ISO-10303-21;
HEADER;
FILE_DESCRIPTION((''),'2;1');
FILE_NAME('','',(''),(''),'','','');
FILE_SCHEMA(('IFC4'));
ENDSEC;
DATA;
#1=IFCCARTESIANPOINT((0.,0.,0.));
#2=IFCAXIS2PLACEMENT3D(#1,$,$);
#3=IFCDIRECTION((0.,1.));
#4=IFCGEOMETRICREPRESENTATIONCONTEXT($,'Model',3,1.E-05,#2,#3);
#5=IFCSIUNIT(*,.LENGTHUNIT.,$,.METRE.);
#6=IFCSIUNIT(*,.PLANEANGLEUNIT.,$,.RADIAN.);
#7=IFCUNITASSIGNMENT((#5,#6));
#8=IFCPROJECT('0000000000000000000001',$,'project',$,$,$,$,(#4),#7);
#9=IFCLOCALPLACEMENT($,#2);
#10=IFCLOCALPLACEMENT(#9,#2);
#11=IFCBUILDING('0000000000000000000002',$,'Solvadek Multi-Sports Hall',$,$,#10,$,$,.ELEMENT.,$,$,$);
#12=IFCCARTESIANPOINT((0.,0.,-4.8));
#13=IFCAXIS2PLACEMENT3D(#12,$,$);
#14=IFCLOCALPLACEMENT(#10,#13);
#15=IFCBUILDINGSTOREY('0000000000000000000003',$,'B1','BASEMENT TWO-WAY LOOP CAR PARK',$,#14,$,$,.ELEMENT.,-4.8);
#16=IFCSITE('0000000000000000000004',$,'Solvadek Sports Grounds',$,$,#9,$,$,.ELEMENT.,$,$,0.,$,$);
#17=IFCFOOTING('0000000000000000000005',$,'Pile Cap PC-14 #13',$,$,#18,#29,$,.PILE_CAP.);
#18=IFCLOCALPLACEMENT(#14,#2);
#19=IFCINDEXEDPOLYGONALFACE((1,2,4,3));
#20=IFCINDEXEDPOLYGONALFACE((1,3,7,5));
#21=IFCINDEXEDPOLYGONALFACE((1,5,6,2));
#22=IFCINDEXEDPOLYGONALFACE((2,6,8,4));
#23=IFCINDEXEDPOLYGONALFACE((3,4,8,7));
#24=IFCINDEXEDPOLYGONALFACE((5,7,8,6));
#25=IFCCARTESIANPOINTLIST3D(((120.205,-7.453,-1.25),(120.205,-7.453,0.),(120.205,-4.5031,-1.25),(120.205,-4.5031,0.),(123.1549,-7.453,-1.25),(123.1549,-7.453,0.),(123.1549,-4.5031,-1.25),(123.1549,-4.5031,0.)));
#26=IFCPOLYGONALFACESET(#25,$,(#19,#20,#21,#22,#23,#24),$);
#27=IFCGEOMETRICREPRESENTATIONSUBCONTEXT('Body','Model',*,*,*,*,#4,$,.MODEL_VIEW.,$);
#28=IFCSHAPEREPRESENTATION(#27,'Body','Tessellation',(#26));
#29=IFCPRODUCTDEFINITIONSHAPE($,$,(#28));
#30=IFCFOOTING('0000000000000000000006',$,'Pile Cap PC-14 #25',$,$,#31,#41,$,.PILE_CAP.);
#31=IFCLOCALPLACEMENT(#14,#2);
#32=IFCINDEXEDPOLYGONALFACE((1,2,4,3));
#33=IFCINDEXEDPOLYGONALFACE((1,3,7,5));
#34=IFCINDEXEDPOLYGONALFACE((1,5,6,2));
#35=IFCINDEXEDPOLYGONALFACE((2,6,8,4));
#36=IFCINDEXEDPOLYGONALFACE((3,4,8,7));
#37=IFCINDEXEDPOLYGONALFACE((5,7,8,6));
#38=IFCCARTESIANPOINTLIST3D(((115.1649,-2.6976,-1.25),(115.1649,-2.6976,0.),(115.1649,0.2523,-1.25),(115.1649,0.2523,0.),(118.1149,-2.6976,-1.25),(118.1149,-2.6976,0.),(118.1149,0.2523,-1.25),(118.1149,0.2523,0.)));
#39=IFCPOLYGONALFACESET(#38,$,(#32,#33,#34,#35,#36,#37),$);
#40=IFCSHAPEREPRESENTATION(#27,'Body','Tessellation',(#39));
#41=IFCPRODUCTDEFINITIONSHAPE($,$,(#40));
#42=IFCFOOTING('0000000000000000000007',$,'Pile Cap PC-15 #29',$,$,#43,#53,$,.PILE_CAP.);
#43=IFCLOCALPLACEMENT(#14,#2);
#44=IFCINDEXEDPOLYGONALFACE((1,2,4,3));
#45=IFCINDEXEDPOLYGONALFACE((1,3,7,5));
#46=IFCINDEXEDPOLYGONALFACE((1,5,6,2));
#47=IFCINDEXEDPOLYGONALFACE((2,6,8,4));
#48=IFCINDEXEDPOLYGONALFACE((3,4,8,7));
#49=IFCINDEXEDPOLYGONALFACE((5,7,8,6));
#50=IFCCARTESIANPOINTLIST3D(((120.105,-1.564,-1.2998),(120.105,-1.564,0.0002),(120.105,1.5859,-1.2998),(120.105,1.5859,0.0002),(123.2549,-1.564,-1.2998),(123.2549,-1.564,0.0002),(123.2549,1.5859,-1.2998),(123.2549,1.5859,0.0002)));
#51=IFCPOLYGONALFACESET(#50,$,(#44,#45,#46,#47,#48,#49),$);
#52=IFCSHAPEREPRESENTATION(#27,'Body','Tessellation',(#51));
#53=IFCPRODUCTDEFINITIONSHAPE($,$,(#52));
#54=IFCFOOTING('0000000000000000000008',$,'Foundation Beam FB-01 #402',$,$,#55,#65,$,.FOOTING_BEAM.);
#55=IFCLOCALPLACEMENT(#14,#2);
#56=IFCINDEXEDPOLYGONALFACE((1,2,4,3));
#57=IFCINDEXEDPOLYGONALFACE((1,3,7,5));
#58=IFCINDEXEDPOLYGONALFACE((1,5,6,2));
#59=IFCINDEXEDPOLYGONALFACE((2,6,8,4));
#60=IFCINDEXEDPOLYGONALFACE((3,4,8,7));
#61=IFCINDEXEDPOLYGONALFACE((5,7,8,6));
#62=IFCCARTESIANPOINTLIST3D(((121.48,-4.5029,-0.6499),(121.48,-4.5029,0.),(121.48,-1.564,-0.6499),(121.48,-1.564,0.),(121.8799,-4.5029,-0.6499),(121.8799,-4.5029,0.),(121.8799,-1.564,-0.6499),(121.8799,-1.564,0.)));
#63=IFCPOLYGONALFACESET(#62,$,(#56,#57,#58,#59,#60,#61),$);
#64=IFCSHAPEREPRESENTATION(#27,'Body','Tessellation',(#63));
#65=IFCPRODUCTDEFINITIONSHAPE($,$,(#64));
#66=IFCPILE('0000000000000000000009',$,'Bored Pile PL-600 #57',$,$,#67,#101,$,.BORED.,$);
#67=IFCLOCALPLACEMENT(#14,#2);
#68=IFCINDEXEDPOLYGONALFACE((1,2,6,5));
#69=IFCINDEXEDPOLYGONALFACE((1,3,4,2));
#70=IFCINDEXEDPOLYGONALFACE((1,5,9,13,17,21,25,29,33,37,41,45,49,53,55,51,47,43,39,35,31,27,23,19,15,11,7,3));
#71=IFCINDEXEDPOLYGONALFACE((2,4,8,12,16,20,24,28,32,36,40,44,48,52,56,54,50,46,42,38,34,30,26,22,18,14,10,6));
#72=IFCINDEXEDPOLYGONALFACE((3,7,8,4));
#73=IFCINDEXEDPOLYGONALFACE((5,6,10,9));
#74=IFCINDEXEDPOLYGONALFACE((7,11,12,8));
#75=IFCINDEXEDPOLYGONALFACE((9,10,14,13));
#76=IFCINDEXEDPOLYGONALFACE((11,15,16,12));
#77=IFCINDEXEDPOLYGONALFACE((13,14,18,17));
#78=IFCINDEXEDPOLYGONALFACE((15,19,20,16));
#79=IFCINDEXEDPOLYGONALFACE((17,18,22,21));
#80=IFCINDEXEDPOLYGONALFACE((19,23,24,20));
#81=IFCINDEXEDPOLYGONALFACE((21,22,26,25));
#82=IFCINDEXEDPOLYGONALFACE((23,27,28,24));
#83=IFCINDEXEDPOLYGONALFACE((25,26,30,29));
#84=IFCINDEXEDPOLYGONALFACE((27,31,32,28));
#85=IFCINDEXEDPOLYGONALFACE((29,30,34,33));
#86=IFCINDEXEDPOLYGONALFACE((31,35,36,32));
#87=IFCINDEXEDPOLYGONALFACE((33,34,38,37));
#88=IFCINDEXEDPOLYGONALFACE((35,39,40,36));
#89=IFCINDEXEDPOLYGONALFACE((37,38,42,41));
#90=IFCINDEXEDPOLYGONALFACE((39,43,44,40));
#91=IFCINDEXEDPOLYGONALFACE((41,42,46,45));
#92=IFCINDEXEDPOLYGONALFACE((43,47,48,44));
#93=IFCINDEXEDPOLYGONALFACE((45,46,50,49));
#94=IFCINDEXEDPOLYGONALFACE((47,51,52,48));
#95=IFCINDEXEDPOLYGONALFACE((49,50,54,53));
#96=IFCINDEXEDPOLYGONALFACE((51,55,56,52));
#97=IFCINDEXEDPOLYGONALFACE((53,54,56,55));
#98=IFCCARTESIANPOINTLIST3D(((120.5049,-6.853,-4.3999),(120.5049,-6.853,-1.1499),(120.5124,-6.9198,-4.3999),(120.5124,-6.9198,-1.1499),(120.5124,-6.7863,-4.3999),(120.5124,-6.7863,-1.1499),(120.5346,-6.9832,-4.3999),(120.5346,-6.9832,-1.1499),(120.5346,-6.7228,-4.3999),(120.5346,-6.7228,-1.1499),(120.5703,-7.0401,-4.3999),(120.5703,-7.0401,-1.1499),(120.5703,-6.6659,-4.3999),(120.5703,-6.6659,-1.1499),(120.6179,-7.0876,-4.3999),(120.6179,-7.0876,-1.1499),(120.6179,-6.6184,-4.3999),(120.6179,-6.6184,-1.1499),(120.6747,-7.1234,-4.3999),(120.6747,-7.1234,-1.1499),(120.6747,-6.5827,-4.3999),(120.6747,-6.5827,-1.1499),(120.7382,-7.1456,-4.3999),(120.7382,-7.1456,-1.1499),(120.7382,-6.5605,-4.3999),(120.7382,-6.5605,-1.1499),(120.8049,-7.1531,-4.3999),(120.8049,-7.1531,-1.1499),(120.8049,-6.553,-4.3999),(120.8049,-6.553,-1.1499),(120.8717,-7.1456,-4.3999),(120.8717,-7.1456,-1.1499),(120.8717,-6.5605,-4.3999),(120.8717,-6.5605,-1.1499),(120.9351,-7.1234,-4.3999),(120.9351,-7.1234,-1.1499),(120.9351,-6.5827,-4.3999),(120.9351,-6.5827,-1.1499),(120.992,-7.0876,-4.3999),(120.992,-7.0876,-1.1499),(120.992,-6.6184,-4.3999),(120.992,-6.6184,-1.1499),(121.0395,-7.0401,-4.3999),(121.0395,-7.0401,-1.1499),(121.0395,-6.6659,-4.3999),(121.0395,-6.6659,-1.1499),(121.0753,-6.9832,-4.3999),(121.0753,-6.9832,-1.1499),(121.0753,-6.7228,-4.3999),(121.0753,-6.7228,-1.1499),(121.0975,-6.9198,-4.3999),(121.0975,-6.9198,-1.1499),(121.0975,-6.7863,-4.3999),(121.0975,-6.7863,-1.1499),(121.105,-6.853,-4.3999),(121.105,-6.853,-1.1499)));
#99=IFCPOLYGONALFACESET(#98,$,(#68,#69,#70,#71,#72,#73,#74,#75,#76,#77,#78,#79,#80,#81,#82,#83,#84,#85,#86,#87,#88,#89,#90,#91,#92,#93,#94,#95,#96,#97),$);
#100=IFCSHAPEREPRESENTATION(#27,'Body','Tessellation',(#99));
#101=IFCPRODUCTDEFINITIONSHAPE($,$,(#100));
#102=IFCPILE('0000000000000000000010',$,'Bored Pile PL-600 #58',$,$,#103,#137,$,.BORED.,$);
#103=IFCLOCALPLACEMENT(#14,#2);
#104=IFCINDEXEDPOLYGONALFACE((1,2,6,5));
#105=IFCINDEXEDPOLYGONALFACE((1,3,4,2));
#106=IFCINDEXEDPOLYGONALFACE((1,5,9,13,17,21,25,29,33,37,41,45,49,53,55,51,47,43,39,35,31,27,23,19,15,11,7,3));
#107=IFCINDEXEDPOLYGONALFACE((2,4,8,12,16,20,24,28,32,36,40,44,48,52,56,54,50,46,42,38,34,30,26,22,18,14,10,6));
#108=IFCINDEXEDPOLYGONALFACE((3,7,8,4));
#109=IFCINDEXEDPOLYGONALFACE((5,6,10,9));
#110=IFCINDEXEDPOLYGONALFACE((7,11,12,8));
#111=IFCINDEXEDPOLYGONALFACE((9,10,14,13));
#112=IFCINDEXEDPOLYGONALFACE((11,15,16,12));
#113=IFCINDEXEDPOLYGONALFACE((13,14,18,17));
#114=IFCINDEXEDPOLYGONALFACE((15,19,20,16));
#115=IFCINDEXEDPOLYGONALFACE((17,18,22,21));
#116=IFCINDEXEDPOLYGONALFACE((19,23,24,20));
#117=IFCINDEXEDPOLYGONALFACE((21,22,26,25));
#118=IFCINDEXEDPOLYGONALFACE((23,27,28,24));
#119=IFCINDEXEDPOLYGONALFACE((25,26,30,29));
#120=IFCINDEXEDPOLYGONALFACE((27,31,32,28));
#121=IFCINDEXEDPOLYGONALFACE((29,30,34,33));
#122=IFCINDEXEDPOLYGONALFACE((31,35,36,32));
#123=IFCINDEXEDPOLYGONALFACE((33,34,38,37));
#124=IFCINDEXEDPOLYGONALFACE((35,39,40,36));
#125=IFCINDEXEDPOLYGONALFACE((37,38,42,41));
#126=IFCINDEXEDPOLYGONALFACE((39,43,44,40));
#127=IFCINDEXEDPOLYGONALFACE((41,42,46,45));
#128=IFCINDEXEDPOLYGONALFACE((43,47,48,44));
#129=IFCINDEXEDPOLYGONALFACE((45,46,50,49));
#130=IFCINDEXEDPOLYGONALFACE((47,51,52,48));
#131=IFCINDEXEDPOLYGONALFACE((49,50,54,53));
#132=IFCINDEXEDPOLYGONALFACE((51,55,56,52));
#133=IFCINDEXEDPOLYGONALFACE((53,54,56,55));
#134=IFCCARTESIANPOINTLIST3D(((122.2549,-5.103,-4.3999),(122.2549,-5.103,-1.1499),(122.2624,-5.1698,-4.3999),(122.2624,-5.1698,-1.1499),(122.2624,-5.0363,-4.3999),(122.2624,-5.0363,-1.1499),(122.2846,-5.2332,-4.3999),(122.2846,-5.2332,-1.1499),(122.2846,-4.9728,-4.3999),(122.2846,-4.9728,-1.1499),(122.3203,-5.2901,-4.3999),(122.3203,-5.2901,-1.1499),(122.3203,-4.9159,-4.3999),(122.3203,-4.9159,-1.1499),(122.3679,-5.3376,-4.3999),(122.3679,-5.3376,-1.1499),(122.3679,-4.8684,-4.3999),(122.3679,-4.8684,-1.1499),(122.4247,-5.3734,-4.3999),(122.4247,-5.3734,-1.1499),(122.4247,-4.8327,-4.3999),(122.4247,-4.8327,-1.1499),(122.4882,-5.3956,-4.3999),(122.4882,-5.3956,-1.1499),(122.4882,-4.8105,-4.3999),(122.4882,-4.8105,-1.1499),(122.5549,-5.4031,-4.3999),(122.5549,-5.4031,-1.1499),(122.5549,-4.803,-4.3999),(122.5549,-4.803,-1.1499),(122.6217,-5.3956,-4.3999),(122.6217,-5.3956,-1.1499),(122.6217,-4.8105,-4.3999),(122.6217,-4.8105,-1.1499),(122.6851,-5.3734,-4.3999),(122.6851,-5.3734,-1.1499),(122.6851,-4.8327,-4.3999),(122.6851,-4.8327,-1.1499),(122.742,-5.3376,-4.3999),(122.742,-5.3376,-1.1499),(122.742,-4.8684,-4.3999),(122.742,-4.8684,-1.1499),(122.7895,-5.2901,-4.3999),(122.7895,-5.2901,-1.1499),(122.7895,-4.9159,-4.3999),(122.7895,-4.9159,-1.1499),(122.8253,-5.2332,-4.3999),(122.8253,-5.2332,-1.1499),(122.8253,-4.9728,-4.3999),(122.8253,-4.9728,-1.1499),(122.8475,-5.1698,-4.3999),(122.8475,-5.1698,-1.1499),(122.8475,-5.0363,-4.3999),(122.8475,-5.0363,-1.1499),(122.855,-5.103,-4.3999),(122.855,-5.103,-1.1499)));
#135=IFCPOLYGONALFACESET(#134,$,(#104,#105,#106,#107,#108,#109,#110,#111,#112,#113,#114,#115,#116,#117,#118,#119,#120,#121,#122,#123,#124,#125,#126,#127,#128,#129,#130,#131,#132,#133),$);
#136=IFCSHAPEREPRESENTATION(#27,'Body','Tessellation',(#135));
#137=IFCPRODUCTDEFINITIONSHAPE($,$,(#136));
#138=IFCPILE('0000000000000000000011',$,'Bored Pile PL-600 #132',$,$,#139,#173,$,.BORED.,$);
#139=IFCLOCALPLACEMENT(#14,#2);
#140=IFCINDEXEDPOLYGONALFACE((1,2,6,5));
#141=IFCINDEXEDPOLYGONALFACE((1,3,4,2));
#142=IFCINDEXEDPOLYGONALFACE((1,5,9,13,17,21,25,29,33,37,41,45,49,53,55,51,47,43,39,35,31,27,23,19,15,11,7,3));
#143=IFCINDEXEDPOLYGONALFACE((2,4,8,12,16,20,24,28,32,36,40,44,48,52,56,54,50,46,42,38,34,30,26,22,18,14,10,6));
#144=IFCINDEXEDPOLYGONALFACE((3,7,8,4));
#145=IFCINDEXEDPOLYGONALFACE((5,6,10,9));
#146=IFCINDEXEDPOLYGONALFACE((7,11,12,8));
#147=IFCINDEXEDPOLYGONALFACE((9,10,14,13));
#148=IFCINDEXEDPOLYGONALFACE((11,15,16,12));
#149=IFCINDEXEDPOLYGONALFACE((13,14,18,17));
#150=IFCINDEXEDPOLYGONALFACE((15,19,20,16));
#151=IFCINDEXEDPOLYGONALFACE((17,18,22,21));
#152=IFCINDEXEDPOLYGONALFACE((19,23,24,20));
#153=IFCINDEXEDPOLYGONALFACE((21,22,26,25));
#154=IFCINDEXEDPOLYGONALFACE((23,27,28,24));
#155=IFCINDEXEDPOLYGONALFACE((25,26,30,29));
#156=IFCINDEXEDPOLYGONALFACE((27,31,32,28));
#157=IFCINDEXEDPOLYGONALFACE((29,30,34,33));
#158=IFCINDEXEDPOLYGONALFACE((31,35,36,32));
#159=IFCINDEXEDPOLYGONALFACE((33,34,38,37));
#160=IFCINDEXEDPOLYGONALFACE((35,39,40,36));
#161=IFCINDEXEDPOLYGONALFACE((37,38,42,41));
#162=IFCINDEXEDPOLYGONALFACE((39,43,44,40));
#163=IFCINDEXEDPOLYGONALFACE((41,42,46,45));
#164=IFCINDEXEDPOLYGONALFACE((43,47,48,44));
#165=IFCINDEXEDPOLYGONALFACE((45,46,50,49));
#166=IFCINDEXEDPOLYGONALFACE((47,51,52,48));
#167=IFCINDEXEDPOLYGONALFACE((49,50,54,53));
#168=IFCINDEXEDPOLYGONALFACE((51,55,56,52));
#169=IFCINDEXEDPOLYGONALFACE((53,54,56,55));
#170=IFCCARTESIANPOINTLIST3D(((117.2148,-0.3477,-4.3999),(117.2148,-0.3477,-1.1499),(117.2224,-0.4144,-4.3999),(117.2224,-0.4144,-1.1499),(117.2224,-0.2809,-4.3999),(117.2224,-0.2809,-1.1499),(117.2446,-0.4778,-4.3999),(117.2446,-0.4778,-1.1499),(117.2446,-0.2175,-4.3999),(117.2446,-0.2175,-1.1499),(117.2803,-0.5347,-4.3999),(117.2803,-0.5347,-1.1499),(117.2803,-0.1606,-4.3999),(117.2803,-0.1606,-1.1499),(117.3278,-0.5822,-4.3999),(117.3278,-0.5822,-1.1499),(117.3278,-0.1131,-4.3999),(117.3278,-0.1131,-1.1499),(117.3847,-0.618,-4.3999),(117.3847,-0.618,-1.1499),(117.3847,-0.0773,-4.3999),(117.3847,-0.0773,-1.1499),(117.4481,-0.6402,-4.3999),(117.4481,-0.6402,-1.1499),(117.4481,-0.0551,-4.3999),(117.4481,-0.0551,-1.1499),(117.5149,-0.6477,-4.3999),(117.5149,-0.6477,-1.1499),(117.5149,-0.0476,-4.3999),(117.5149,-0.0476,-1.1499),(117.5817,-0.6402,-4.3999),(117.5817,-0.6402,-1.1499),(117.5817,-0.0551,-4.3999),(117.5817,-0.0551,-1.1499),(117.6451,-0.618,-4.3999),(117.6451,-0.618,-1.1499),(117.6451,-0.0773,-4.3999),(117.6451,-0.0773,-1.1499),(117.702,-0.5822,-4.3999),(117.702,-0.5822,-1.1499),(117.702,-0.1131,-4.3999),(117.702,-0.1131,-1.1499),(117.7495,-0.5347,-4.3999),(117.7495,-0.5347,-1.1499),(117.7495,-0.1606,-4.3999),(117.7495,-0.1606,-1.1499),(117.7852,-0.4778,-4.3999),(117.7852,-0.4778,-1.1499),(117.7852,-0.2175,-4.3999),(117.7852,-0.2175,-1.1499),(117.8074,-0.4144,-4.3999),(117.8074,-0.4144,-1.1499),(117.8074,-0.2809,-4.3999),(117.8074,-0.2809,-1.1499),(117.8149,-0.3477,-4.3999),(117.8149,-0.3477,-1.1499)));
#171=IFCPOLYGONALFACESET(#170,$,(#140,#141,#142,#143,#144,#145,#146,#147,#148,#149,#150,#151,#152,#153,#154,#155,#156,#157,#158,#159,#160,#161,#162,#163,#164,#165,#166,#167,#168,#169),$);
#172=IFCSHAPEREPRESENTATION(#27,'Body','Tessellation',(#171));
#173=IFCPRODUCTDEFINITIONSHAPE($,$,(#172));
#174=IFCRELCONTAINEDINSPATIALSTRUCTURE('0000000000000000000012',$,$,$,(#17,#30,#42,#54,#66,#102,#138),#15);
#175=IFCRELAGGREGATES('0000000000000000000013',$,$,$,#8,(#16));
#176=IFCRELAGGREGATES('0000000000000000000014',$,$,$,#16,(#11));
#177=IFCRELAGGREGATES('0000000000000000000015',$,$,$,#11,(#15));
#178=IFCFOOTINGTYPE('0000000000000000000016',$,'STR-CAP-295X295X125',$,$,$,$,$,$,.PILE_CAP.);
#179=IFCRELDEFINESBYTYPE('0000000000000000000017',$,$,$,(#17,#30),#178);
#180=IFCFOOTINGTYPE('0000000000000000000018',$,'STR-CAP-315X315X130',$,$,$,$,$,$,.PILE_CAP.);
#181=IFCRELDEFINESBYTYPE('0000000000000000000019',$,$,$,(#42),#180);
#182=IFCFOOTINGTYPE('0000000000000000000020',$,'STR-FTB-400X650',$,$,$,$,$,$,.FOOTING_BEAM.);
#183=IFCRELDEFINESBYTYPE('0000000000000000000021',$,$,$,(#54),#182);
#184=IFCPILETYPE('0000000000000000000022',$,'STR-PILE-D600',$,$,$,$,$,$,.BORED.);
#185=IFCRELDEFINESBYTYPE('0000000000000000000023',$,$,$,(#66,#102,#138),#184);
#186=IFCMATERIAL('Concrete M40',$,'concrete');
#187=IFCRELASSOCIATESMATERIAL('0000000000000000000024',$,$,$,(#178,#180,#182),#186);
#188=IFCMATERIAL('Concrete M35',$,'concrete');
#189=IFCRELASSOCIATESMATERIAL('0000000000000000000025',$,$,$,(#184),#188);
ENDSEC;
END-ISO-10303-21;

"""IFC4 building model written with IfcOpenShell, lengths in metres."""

from ifc_helpers import new_model, si_unit, direction, frame, origin, origin_2d, place, context, subcontext, project, spatial, rectangle, circle, extrude, material, material_profile, profile_set, type_object, element, save


model = new_model("IFC4")

# Units and contexts
model_context = context("Model", 3, precision=1e-05, world=origin(), true_north=direction((0.0, 1.0)))
body_context = subcontext(model_context, "Body", "Model", "MODEL_VIEW")
ifc_project = project(units=[si_unit("LENGTHUNIT", "METRE"), si_unit("PLANEANGLEUNIT", "RADIAN")], contexts=[model_context])

# Site, building, storey
site_placement = place(None, origin())
site = spatial("IfcSite", under=ifc_project, at=site_placement, Name="Solvadek Sports Grounds", CompositionType="ELEMENT", RefElevation=0.0)
building_placement = place(site_placement, origin())
building = spatial("IfcBuilding", under=site, at=building_placement, Name="Solvadek Multi-Sports Hall", CompositionType="ELEMENT")
storey_placement = place(building_placement, frame((0.0, 0.0, -4.8)))
storey = spatial("IfcBuildingStorey", under=building, at=storey_placement, Name="B1", Description="BASEMENT TWO-WAY LOOP CAR PARK", CompositionType="ELEMENT", Elevation=-4.8)

# Footings
ifc_material_1 = material(Name="Concrete M40", Category="concrete")
footing_type_1 = type_object("IfcFootingType", Name="STR-CAP-295X295X125", PredefinedType="PILE_CAP", material=ifc_material_1)
for number, where, z_axis, x_axis, name in (
    (1, (121.6799, -5.978, -1.25), (0.0, 0.0, 1.0), (1.0, 0.0, 0.0), "Pile Cap PC-14 #13"),
    (2, (116.6399, -1.2227, -1.25), (0.0, 0.0, 1.0), (1.0, 0.0, 0.0), "Pile Cap PC-14 #25"),
):
    element("IfcFooting", number, at=place(storey_placement, frame(where, z_axis=z_axis, x_axis=x_axis)), inside=storey, type_object=footing_type_1, Name=name, PredefinedType="PILE_CAP", context=body_context, shape_type="SweptSolid", body=[
        extrude(rectangle(XDim=2.95, YDim=2.95, at=origin_2d()), origin(), (0.0, 0.0, 1.0), 1.25),
    ])
footing_type_2 = type_object("IfcFootingType", Name="STR-CAP-315X315X130", PredefinedType="PILE_CAP", material=ifc_material_1)
footing_1_placement = place(storey_placement, frame((121.6799, 0.011, -1.2998), z_axis=(0.0, 0.0, 1.0), x_axis=(1.0, 0.0, 0.0)))
element("IfcFooting", 3, at=footing_1_placement, inside=storey, type_object=footing_type_2, Name="Pile Cap PC-15 #29", PredefinedType="PILE_CAP", context=body_context, shape_type="SweptSolid", body=[
    extrude(rectangle(XDim=3.1499, YDim=3.1499, at=origin_2d()), origin(), (0.0, 0.0, 1.0), 1.3),
])
footing_type_3 = type_object("IfcFootingType", Name="STR-FTB-400X650", PredefinedType="FOOTING_BEAM", material=ifc_material_1)
footing_2_placement = place(storey_placement, frame((121.6799, -3.0334, -0.6499), z_axis=(0.0, 0.0, 1.0), x_axis=(0.0, 1.0, 0.0)))
element("IfcFooting", 4, at=footing_2_placement, inside=storey, type_object=footing_type_3, Name="Foundation Beam FB-01 #402", PredefinedType="FOOTING_BEAM", context=body_context, shape_type="SweptSolid", body=[
    extrude(rectangle(XDim=2.939, YDim=0.3999, at=origin_2d()), origin(), (0.0, 0.0, 1.0), 0.6499),
])

# Piles
ifc_material_2 = material(Name="Concrete M35", Category="concrete")
ifc_material_profile_1 = material_profile(ifc_material_2, circle(Radius=0.3, at=origin_2d()), Name="BORED PILE D600")
ifc_profile_set_1 = profile_set([ifc_material_profile_1], Name="Concrete M35")
pile_type_1 = type_object("IfcPileType", Name="STR-PILE-D600", PredefinedType="BORED", material=ifc_profile_set_1)
for number, where, z_axis, x_axis, name in (
    (5, (120.8049, -6.853, -1.1499), (0.0, 0.0, -1.0), (1.0, 0.0, 0.0), "Bored Pile PL-600 #57"),
    (6, (122.5549, -5.103, -1.1499), (0.0, 0.0, -1.0), (1.0, 0.0, 0.0), "Bored Pile PL-600 #58"),
    (7, (117.5149, -0.3477, -1.1499), (0.0, 0.0, -1.0), (1.0, 0.0, 0.0), "Bored Pile PL-600 #132"),
):
    element("IfcPile", number, at=place(storey_placement, frame(where, z_axis=z_axis, x_axis=x_axis)), inside=storey, type_object=pile_type_1, Name=name, PredefinedType="BORED", context=body_context, shape_type="SweptSolid", body=[
        extrude(circle(Radius=0.3, at=origin_2d()), origin(), (0.0, 0.0, 1.0), 3.25),
    ])

save(model, "model.ifc")
